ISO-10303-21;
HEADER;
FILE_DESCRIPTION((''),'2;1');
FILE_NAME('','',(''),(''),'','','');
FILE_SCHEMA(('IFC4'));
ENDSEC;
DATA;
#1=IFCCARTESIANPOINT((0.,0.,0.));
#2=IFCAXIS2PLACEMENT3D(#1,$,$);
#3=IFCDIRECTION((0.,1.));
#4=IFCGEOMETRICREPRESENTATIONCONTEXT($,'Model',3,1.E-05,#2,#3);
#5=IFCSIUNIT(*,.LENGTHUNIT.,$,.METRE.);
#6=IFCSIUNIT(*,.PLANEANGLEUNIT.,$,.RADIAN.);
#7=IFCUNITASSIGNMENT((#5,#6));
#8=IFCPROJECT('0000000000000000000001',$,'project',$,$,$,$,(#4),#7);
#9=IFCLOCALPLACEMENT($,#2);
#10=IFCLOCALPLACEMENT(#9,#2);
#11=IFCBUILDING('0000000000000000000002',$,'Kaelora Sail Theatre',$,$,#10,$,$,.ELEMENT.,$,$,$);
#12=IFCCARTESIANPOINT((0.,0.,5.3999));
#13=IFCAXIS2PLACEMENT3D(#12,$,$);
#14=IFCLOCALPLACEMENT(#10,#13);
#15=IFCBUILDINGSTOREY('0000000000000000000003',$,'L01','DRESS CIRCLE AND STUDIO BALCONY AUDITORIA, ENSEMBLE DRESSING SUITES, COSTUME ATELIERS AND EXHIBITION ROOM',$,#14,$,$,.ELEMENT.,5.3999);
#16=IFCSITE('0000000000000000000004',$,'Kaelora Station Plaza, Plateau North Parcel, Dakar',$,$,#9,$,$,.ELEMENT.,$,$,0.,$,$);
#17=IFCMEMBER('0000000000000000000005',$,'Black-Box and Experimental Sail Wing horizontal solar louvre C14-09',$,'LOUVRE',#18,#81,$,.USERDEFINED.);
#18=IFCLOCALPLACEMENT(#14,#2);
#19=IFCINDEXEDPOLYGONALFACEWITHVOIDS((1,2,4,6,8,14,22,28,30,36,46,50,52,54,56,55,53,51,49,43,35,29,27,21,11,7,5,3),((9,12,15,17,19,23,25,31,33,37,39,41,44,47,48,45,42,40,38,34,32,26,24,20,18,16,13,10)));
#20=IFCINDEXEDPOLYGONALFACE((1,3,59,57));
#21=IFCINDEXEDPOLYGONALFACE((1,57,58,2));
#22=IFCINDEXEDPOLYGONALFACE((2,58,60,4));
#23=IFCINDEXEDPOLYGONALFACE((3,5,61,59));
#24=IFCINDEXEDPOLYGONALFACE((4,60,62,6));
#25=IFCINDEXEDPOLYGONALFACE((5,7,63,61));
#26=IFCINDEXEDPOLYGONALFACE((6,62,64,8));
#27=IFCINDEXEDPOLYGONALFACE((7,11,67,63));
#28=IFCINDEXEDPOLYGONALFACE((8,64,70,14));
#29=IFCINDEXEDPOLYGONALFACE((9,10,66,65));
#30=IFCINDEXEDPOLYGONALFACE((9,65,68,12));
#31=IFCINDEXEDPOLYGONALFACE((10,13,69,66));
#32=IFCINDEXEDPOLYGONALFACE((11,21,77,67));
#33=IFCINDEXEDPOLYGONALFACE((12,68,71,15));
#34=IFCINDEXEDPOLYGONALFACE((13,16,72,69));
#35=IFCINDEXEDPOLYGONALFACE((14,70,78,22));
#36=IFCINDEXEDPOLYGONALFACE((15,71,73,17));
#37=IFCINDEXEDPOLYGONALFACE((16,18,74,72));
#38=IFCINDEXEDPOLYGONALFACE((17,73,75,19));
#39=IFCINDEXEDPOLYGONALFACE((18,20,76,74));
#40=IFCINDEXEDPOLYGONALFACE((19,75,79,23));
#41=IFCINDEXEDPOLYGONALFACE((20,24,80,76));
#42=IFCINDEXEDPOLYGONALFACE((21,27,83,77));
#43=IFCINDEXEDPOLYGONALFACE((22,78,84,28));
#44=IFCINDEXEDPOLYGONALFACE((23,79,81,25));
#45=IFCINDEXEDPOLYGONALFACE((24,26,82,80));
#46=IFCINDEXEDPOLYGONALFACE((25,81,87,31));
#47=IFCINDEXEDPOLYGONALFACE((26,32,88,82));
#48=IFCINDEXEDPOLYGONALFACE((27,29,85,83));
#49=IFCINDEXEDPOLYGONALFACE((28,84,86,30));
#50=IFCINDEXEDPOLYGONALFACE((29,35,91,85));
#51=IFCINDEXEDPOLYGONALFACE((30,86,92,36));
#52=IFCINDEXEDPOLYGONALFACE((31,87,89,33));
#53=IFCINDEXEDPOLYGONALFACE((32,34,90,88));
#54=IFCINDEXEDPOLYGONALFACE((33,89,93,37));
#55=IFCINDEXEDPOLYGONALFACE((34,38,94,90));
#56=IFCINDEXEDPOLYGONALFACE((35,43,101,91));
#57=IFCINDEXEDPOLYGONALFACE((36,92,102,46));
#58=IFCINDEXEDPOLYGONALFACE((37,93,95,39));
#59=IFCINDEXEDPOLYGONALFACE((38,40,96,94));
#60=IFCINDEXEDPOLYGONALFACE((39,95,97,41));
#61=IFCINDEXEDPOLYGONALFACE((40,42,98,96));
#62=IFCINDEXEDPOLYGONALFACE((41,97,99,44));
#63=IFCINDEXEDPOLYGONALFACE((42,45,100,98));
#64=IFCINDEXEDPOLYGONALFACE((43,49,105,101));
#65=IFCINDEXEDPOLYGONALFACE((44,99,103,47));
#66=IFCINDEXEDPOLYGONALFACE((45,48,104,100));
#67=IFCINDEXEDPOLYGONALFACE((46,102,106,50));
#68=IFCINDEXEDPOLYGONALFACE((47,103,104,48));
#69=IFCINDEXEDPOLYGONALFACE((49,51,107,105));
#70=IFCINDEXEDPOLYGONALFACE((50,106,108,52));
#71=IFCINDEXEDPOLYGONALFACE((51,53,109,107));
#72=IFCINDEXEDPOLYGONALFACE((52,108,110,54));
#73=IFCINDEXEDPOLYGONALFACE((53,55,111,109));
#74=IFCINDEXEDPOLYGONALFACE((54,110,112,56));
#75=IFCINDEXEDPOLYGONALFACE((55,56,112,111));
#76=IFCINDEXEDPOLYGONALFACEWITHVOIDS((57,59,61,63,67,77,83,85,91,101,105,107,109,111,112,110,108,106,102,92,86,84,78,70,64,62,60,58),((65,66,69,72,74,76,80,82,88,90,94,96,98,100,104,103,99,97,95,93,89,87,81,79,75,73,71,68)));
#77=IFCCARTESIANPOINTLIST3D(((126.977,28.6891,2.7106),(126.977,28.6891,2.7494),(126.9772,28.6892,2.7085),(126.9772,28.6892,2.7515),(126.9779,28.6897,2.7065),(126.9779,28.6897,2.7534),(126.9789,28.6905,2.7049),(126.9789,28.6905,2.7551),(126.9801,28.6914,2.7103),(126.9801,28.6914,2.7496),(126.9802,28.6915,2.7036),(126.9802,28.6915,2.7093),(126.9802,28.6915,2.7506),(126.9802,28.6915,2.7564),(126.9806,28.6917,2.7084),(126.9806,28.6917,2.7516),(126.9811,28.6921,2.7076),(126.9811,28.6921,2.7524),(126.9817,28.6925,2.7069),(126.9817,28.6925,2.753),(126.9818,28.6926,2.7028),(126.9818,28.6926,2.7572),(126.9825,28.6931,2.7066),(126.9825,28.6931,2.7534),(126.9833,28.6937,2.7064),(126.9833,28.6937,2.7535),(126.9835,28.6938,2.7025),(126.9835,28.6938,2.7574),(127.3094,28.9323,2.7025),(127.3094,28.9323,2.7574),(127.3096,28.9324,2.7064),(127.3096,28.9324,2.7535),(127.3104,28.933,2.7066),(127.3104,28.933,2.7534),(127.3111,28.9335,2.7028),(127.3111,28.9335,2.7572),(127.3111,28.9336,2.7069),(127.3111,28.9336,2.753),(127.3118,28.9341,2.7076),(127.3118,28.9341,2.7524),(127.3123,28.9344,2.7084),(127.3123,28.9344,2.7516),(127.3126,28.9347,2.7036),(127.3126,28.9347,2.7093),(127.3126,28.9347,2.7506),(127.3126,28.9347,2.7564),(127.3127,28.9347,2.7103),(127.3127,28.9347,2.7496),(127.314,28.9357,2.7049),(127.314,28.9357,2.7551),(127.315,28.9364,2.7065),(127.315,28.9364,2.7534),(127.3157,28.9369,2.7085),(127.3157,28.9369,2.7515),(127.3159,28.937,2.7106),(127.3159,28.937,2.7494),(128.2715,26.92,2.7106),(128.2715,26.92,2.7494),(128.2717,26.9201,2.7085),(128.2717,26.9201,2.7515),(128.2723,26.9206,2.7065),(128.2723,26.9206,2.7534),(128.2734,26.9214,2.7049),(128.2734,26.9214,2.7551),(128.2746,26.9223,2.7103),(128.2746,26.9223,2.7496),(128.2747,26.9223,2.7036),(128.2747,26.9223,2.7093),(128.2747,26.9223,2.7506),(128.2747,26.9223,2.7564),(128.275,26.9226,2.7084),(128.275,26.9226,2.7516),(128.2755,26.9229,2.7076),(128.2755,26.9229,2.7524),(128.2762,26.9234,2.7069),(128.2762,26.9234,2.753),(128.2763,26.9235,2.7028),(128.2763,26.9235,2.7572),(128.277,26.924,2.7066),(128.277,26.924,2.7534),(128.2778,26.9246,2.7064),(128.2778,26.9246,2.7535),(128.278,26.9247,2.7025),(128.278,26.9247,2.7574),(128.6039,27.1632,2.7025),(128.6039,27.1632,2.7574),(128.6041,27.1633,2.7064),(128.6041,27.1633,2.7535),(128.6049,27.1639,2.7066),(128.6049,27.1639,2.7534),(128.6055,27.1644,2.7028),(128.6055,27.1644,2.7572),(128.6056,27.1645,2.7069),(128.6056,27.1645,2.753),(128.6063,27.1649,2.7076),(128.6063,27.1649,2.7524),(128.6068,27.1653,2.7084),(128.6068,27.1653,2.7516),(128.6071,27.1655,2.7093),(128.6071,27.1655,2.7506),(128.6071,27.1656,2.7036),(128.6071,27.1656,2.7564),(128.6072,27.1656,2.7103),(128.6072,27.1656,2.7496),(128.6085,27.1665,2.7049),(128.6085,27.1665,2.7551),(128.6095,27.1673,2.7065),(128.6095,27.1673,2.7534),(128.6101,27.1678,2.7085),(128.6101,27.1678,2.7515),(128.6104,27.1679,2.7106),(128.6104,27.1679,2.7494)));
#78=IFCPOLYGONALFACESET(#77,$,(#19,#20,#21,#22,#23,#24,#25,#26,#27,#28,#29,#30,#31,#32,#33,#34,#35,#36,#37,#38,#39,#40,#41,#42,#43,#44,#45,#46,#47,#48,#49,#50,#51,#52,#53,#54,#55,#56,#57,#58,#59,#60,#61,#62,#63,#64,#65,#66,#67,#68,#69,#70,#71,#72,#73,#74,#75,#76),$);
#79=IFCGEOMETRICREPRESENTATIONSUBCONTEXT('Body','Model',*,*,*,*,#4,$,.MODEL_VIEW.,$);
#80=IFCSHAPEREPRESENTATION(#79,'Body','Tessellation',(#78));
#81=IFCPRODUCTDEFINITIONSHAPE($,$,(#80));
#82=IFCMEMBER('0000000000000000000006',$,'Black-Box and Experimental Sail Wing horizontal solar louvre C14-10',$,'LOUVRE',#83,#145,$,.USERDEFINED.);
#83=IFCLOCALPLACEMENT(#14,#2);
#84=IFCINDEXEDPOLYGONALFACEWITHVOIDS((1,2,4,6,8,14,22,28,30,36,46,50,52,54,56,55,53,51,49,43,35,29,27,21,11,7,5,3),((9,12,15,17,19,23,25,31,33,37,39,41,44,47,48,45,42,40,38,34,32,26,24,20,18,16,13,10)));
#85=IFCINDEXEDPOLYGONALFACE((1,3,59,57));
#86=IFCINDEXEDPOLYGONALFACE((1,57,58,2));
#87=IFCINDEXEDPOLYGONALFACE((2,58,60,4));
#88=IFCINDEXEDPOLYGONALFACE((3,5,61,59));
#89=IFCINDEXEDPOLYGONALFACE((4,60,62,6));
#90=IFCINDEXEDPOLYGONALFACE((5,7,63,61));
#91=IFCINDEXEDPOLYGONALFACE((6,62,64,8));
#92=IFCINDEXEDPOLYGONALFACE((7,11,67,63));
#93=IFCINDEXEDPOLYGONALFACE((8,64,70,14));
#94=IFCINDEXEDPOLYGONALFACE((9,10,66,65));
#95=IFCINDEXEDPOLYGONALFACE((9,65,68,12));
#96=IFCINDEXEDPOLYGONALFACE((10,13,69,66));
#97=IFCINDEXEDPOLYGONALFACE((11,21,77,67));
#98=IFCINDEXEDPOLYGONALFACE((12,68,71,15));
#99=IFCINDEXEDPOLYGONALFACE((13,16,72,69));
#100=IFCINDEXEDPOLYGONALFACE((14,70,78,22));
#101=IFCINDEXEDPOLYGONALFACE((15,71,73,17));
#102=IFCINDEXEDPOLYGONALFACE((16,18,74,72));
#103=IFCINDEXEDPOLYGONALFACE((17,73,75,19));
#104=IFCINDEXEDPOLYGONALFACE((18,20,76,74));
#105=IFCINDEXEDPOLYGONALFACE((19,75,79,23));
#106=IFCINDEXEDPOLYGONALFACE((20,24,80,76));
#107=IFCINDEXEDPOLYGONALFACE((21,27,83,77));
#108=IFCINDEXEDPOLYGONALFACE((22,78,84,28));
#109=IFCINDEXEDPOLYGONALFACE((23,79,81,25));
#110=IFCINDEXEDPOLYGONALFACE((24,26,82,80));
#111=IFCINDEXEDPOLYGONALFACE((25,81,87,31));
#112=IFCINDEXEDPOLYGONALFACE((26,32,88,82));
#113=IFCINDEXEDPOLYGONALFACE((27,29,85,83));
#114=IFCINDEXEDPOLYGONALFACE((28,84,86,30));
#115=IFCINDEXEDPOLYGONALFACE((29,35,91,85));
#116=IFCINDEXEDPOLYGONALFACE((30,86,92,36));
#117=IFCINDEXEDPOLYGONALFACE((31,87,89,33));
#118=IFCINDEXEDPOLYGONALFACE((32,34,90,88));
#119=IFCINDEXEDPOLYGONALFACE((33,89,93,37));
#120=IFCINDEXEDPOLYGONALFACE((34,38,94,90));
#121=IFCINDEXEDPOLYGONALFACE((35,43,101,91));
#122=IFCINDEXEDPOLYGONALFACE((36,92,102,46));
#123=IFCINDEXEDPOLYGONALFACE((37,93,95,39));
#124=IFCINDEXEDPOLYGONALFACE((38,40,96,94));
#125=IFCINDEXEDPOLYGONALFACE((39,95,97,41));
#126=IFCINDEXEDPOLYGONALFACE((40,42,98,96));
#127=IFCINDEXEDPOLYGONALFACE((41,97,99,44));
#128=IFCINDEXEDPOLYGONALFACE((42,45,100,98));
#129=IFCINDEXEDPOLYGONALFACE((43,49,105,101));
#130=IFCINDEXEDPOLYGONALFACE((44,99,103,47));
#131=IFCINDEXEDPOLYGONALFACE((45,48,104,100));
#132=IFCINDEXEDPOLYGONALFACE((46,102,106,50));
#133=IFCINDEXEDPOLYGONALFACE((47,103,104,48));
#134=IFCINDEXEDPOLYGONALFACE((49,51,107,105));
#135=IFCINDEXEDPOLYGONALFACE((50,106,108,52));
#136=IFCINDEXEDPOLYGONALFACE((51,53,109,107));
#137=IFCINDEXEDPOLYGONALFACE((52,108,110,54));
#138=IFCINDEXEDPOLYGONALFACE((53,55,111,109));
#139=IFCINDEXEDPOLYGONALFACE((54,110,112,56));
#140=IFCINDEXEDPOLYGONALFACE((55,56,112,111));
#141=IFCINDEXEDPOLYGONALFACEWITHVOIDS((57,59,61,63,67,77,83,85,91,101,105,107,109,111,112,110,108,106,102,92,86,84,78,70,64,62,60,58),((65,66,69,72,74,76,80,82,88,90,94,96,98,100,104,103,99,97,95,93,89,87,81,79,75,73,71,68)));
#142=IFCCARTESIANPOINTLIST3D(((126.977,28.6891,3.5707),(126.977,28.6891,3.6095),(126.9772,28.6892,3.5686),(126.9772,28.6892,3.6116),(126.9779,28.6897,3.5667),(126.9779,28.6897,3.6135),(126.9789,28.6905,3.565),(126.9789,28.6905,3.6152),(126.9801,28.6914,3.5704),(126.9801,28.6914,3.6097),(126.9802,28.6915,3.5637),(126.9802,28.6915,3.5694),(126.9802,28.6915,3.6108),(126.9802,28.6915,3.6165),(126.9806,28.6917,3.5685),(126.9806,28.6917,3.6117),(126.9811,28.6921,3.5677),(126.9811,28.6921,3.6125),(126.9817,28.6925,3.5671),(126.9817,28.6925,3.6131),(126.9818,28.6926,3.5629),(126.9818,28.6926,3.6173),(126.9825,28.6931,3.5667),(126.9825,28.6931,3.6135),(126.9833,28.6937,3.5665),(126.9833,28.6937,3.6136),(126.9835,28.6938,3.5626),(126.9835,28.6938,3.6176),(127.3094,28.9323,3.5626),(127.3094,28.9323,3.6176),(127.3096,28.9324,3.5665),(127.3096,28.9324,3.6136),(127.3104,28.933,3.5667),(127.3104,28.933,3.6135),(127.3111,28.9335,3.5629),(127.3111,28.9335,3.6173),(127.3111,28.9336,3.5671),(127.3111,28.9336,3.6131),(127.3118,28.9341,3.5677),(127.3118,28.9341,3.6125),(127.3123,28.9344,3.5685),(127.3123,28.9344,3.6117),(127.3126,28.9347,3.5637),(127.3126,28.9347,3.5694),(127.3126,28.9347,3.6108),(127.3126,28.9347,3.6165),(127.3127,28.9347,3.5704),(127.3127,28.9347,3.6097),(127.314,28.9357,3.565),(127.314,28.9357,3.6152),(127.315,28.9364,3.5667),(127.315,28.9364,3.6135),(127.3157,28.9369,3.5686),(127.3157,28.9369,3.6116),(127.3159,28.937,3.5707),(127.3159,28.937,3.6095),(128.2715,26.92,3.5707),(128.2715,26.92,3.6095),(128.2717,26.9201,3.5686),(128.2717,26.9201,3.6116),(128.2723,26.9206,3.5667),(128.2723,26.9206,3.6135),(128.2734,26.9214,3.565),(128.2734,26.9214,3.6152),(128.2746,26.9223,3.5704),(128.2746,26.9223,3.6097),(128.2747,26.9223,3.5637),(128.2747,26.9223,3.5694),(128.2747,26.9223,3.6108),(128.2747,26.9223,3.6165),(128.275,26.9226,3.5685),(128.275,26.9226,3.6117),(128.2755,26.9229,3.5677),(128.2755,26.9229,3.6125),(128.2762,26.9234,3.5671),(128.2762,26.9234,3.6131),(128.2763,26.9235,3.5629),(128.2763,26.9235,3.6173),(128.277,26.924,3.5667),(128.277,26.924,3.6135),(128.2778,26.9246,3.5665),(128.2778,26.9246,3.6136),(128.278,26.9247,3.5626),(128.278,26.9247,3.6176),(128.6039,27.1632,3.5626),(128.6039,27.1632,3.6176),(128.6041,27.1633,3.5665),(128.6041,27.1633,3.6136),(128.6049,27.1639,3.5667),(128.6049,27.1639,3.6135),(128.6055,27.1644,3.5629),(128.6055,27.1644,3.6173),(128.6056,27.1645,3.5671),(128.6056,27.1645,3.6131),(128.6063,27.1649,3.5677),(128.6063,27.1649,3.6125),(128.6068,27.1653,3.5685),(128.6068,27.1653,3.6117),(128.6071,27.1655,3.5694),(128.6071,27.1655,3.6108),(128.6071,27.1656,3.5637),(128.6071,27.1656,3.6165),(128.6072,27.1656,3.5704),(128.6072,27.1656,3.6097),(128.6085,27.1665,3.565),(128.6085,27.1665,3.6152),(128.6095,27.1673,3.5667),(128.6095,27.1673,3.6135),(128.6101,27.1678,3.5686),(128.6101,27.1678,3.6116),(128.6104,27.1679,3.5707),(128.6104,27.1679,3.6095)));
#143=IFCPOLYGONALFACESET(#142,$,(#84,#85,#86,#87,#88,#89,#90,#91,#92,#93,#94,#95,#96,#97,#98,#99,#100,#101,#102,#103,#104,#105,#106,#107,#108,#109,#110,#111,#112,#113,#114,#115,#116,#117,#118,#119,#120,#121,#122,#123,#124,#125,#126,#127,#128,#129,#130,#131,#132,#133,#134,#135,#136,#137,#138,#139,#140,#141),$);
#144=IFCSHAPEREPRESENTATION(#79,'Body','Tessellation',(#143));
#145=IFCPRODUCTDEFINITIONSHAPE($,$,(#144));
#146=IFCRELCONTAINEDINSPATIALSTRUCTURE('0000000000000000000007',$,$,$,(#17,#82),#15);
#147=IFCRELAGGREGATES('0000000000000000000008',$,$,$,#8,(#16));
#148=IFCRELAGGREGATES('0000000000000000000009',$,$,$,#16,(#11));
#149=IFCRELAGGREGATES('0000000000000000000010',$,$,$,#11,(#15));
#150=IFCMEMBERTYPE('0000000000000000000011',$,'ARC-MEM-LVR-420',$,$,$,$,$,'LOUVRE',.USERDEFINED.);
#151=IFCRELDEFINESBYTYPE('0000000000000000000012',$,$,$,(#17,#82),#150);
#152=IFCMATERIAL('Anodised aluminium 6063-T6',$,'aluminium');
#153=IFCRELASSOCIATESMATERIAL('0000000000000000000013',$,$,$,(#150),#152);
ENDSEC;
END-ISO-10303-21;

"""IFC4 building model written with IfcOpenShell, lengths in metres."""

from ifc_helpers import new_model, si_unit, direction, frame, origin, origin_2d, place, context, subcontext, project, spatial, hollow_rectangle, extrude, material, material_profile, profile_set, type_object, element, save


model = new_model("IFC4")

# Units and contexts
model_context = context("Model", 3, precision=1e-05, world=origin(), true_north=direction((0.0, 1.0)))
body_context = subcontext(model_context, "Body", "Model", "MODEL_VIEW")
ifc_project = project(units=[si_unit("LENGTHUNIT", "METRE"), si_unit("PLANEANGLEUNIT", "RADIAN")], contexts=[model_context])

# Site, building, storey
site_placement = place(None, origin())
site = spatial("IfcSite", under=ifc_project, at=site_placement, Name="Kaelora Station Plaza, Plateau North Parcel, Dakar", CompositionType="ELEMENT", RefElevation=0.0)
building_placement = place(site_placement, origin())
building = spatial("IfcBuilding", under=site, at=building_placement, Name="Kaelora Sail Theatre", CompositionType="ELEMENT")
storey_placement = place(building_placement, frame((0.0, 0.0, 5.3999)))
storey = spatial("IfcBuildingStorey", under=building, at=storey_placement, Name="L01", Description="DRESS CIRCLE AND STUDIO BALCONY AUDITORIA, ENSEMBLE DRESSING SUITES, COSTUME ATELIERS AND EXHIBITION ROOM", CompositionType="ELEMENT", Elevation=5.3999)

# Members
ifc_material_1 = material(Name="Anodised aluminium 6063-T6", Category="aluminium")
ifc_material_profile_1 = material_profile(ifc_material_1, hollow_rectangle(XDim=0.4199, YDim=0.0549, WallThickness=0.0039, InnerFilletRadius=0.0039, OuterFilletRadius=0.0081, at=origin_2d()), Name="LOUVRE 420x55x4")
ifc_profile_set_1 = profile_set([ifc_material_profile_1], Name="Anodised aluminium 6063-T6")
member_type = type_object("IfcMemberType", Name="ARC-MEM-LVR-420", ElementType="LOUVRE", PredefinedType="USERDEFINED", material=ifc_profile_set_1)
for number, where, z_axis, x_axis, name in (
    (1, (128.4409, 27.0439, 2.73), (-0.590514, 0.807028, 0.0), (-0.807028, -0.590514, 0.0), "Black-Box and Experimental Sail Wing horizontal solar louvre C14-09"),
    (2, (128.4409, 27.0439, 3.5901), (-0.590514, 0.807028, 0.0), (-0.807028, -0.590514, 0.0), "Black-Box and Experimental Sail Wing horizontal solar louvre C14-10"),
):
    element("IfcMember", number, at=place(storey_placement, frame(where, z_axis=z_axis, x_axis=x_axis)), inside=storey, type_object=member_type, Name=name, ObjectType="LOUVRE", PredefinedType="USERDEFINED", context=body_context, shape_type="SweptSolid", body=[
        extrude(hollow_rectangle(XDim=0.4199, YDim=0.0549, WallThickness=0.0039, InnerFilletRadius=0.0039, OuterFilletRadius=0.0081, at=origin_2d()), origin(), (0.0, 0.0, 1.0), 2.1921),
    ])

save(model, "model.ifc")
